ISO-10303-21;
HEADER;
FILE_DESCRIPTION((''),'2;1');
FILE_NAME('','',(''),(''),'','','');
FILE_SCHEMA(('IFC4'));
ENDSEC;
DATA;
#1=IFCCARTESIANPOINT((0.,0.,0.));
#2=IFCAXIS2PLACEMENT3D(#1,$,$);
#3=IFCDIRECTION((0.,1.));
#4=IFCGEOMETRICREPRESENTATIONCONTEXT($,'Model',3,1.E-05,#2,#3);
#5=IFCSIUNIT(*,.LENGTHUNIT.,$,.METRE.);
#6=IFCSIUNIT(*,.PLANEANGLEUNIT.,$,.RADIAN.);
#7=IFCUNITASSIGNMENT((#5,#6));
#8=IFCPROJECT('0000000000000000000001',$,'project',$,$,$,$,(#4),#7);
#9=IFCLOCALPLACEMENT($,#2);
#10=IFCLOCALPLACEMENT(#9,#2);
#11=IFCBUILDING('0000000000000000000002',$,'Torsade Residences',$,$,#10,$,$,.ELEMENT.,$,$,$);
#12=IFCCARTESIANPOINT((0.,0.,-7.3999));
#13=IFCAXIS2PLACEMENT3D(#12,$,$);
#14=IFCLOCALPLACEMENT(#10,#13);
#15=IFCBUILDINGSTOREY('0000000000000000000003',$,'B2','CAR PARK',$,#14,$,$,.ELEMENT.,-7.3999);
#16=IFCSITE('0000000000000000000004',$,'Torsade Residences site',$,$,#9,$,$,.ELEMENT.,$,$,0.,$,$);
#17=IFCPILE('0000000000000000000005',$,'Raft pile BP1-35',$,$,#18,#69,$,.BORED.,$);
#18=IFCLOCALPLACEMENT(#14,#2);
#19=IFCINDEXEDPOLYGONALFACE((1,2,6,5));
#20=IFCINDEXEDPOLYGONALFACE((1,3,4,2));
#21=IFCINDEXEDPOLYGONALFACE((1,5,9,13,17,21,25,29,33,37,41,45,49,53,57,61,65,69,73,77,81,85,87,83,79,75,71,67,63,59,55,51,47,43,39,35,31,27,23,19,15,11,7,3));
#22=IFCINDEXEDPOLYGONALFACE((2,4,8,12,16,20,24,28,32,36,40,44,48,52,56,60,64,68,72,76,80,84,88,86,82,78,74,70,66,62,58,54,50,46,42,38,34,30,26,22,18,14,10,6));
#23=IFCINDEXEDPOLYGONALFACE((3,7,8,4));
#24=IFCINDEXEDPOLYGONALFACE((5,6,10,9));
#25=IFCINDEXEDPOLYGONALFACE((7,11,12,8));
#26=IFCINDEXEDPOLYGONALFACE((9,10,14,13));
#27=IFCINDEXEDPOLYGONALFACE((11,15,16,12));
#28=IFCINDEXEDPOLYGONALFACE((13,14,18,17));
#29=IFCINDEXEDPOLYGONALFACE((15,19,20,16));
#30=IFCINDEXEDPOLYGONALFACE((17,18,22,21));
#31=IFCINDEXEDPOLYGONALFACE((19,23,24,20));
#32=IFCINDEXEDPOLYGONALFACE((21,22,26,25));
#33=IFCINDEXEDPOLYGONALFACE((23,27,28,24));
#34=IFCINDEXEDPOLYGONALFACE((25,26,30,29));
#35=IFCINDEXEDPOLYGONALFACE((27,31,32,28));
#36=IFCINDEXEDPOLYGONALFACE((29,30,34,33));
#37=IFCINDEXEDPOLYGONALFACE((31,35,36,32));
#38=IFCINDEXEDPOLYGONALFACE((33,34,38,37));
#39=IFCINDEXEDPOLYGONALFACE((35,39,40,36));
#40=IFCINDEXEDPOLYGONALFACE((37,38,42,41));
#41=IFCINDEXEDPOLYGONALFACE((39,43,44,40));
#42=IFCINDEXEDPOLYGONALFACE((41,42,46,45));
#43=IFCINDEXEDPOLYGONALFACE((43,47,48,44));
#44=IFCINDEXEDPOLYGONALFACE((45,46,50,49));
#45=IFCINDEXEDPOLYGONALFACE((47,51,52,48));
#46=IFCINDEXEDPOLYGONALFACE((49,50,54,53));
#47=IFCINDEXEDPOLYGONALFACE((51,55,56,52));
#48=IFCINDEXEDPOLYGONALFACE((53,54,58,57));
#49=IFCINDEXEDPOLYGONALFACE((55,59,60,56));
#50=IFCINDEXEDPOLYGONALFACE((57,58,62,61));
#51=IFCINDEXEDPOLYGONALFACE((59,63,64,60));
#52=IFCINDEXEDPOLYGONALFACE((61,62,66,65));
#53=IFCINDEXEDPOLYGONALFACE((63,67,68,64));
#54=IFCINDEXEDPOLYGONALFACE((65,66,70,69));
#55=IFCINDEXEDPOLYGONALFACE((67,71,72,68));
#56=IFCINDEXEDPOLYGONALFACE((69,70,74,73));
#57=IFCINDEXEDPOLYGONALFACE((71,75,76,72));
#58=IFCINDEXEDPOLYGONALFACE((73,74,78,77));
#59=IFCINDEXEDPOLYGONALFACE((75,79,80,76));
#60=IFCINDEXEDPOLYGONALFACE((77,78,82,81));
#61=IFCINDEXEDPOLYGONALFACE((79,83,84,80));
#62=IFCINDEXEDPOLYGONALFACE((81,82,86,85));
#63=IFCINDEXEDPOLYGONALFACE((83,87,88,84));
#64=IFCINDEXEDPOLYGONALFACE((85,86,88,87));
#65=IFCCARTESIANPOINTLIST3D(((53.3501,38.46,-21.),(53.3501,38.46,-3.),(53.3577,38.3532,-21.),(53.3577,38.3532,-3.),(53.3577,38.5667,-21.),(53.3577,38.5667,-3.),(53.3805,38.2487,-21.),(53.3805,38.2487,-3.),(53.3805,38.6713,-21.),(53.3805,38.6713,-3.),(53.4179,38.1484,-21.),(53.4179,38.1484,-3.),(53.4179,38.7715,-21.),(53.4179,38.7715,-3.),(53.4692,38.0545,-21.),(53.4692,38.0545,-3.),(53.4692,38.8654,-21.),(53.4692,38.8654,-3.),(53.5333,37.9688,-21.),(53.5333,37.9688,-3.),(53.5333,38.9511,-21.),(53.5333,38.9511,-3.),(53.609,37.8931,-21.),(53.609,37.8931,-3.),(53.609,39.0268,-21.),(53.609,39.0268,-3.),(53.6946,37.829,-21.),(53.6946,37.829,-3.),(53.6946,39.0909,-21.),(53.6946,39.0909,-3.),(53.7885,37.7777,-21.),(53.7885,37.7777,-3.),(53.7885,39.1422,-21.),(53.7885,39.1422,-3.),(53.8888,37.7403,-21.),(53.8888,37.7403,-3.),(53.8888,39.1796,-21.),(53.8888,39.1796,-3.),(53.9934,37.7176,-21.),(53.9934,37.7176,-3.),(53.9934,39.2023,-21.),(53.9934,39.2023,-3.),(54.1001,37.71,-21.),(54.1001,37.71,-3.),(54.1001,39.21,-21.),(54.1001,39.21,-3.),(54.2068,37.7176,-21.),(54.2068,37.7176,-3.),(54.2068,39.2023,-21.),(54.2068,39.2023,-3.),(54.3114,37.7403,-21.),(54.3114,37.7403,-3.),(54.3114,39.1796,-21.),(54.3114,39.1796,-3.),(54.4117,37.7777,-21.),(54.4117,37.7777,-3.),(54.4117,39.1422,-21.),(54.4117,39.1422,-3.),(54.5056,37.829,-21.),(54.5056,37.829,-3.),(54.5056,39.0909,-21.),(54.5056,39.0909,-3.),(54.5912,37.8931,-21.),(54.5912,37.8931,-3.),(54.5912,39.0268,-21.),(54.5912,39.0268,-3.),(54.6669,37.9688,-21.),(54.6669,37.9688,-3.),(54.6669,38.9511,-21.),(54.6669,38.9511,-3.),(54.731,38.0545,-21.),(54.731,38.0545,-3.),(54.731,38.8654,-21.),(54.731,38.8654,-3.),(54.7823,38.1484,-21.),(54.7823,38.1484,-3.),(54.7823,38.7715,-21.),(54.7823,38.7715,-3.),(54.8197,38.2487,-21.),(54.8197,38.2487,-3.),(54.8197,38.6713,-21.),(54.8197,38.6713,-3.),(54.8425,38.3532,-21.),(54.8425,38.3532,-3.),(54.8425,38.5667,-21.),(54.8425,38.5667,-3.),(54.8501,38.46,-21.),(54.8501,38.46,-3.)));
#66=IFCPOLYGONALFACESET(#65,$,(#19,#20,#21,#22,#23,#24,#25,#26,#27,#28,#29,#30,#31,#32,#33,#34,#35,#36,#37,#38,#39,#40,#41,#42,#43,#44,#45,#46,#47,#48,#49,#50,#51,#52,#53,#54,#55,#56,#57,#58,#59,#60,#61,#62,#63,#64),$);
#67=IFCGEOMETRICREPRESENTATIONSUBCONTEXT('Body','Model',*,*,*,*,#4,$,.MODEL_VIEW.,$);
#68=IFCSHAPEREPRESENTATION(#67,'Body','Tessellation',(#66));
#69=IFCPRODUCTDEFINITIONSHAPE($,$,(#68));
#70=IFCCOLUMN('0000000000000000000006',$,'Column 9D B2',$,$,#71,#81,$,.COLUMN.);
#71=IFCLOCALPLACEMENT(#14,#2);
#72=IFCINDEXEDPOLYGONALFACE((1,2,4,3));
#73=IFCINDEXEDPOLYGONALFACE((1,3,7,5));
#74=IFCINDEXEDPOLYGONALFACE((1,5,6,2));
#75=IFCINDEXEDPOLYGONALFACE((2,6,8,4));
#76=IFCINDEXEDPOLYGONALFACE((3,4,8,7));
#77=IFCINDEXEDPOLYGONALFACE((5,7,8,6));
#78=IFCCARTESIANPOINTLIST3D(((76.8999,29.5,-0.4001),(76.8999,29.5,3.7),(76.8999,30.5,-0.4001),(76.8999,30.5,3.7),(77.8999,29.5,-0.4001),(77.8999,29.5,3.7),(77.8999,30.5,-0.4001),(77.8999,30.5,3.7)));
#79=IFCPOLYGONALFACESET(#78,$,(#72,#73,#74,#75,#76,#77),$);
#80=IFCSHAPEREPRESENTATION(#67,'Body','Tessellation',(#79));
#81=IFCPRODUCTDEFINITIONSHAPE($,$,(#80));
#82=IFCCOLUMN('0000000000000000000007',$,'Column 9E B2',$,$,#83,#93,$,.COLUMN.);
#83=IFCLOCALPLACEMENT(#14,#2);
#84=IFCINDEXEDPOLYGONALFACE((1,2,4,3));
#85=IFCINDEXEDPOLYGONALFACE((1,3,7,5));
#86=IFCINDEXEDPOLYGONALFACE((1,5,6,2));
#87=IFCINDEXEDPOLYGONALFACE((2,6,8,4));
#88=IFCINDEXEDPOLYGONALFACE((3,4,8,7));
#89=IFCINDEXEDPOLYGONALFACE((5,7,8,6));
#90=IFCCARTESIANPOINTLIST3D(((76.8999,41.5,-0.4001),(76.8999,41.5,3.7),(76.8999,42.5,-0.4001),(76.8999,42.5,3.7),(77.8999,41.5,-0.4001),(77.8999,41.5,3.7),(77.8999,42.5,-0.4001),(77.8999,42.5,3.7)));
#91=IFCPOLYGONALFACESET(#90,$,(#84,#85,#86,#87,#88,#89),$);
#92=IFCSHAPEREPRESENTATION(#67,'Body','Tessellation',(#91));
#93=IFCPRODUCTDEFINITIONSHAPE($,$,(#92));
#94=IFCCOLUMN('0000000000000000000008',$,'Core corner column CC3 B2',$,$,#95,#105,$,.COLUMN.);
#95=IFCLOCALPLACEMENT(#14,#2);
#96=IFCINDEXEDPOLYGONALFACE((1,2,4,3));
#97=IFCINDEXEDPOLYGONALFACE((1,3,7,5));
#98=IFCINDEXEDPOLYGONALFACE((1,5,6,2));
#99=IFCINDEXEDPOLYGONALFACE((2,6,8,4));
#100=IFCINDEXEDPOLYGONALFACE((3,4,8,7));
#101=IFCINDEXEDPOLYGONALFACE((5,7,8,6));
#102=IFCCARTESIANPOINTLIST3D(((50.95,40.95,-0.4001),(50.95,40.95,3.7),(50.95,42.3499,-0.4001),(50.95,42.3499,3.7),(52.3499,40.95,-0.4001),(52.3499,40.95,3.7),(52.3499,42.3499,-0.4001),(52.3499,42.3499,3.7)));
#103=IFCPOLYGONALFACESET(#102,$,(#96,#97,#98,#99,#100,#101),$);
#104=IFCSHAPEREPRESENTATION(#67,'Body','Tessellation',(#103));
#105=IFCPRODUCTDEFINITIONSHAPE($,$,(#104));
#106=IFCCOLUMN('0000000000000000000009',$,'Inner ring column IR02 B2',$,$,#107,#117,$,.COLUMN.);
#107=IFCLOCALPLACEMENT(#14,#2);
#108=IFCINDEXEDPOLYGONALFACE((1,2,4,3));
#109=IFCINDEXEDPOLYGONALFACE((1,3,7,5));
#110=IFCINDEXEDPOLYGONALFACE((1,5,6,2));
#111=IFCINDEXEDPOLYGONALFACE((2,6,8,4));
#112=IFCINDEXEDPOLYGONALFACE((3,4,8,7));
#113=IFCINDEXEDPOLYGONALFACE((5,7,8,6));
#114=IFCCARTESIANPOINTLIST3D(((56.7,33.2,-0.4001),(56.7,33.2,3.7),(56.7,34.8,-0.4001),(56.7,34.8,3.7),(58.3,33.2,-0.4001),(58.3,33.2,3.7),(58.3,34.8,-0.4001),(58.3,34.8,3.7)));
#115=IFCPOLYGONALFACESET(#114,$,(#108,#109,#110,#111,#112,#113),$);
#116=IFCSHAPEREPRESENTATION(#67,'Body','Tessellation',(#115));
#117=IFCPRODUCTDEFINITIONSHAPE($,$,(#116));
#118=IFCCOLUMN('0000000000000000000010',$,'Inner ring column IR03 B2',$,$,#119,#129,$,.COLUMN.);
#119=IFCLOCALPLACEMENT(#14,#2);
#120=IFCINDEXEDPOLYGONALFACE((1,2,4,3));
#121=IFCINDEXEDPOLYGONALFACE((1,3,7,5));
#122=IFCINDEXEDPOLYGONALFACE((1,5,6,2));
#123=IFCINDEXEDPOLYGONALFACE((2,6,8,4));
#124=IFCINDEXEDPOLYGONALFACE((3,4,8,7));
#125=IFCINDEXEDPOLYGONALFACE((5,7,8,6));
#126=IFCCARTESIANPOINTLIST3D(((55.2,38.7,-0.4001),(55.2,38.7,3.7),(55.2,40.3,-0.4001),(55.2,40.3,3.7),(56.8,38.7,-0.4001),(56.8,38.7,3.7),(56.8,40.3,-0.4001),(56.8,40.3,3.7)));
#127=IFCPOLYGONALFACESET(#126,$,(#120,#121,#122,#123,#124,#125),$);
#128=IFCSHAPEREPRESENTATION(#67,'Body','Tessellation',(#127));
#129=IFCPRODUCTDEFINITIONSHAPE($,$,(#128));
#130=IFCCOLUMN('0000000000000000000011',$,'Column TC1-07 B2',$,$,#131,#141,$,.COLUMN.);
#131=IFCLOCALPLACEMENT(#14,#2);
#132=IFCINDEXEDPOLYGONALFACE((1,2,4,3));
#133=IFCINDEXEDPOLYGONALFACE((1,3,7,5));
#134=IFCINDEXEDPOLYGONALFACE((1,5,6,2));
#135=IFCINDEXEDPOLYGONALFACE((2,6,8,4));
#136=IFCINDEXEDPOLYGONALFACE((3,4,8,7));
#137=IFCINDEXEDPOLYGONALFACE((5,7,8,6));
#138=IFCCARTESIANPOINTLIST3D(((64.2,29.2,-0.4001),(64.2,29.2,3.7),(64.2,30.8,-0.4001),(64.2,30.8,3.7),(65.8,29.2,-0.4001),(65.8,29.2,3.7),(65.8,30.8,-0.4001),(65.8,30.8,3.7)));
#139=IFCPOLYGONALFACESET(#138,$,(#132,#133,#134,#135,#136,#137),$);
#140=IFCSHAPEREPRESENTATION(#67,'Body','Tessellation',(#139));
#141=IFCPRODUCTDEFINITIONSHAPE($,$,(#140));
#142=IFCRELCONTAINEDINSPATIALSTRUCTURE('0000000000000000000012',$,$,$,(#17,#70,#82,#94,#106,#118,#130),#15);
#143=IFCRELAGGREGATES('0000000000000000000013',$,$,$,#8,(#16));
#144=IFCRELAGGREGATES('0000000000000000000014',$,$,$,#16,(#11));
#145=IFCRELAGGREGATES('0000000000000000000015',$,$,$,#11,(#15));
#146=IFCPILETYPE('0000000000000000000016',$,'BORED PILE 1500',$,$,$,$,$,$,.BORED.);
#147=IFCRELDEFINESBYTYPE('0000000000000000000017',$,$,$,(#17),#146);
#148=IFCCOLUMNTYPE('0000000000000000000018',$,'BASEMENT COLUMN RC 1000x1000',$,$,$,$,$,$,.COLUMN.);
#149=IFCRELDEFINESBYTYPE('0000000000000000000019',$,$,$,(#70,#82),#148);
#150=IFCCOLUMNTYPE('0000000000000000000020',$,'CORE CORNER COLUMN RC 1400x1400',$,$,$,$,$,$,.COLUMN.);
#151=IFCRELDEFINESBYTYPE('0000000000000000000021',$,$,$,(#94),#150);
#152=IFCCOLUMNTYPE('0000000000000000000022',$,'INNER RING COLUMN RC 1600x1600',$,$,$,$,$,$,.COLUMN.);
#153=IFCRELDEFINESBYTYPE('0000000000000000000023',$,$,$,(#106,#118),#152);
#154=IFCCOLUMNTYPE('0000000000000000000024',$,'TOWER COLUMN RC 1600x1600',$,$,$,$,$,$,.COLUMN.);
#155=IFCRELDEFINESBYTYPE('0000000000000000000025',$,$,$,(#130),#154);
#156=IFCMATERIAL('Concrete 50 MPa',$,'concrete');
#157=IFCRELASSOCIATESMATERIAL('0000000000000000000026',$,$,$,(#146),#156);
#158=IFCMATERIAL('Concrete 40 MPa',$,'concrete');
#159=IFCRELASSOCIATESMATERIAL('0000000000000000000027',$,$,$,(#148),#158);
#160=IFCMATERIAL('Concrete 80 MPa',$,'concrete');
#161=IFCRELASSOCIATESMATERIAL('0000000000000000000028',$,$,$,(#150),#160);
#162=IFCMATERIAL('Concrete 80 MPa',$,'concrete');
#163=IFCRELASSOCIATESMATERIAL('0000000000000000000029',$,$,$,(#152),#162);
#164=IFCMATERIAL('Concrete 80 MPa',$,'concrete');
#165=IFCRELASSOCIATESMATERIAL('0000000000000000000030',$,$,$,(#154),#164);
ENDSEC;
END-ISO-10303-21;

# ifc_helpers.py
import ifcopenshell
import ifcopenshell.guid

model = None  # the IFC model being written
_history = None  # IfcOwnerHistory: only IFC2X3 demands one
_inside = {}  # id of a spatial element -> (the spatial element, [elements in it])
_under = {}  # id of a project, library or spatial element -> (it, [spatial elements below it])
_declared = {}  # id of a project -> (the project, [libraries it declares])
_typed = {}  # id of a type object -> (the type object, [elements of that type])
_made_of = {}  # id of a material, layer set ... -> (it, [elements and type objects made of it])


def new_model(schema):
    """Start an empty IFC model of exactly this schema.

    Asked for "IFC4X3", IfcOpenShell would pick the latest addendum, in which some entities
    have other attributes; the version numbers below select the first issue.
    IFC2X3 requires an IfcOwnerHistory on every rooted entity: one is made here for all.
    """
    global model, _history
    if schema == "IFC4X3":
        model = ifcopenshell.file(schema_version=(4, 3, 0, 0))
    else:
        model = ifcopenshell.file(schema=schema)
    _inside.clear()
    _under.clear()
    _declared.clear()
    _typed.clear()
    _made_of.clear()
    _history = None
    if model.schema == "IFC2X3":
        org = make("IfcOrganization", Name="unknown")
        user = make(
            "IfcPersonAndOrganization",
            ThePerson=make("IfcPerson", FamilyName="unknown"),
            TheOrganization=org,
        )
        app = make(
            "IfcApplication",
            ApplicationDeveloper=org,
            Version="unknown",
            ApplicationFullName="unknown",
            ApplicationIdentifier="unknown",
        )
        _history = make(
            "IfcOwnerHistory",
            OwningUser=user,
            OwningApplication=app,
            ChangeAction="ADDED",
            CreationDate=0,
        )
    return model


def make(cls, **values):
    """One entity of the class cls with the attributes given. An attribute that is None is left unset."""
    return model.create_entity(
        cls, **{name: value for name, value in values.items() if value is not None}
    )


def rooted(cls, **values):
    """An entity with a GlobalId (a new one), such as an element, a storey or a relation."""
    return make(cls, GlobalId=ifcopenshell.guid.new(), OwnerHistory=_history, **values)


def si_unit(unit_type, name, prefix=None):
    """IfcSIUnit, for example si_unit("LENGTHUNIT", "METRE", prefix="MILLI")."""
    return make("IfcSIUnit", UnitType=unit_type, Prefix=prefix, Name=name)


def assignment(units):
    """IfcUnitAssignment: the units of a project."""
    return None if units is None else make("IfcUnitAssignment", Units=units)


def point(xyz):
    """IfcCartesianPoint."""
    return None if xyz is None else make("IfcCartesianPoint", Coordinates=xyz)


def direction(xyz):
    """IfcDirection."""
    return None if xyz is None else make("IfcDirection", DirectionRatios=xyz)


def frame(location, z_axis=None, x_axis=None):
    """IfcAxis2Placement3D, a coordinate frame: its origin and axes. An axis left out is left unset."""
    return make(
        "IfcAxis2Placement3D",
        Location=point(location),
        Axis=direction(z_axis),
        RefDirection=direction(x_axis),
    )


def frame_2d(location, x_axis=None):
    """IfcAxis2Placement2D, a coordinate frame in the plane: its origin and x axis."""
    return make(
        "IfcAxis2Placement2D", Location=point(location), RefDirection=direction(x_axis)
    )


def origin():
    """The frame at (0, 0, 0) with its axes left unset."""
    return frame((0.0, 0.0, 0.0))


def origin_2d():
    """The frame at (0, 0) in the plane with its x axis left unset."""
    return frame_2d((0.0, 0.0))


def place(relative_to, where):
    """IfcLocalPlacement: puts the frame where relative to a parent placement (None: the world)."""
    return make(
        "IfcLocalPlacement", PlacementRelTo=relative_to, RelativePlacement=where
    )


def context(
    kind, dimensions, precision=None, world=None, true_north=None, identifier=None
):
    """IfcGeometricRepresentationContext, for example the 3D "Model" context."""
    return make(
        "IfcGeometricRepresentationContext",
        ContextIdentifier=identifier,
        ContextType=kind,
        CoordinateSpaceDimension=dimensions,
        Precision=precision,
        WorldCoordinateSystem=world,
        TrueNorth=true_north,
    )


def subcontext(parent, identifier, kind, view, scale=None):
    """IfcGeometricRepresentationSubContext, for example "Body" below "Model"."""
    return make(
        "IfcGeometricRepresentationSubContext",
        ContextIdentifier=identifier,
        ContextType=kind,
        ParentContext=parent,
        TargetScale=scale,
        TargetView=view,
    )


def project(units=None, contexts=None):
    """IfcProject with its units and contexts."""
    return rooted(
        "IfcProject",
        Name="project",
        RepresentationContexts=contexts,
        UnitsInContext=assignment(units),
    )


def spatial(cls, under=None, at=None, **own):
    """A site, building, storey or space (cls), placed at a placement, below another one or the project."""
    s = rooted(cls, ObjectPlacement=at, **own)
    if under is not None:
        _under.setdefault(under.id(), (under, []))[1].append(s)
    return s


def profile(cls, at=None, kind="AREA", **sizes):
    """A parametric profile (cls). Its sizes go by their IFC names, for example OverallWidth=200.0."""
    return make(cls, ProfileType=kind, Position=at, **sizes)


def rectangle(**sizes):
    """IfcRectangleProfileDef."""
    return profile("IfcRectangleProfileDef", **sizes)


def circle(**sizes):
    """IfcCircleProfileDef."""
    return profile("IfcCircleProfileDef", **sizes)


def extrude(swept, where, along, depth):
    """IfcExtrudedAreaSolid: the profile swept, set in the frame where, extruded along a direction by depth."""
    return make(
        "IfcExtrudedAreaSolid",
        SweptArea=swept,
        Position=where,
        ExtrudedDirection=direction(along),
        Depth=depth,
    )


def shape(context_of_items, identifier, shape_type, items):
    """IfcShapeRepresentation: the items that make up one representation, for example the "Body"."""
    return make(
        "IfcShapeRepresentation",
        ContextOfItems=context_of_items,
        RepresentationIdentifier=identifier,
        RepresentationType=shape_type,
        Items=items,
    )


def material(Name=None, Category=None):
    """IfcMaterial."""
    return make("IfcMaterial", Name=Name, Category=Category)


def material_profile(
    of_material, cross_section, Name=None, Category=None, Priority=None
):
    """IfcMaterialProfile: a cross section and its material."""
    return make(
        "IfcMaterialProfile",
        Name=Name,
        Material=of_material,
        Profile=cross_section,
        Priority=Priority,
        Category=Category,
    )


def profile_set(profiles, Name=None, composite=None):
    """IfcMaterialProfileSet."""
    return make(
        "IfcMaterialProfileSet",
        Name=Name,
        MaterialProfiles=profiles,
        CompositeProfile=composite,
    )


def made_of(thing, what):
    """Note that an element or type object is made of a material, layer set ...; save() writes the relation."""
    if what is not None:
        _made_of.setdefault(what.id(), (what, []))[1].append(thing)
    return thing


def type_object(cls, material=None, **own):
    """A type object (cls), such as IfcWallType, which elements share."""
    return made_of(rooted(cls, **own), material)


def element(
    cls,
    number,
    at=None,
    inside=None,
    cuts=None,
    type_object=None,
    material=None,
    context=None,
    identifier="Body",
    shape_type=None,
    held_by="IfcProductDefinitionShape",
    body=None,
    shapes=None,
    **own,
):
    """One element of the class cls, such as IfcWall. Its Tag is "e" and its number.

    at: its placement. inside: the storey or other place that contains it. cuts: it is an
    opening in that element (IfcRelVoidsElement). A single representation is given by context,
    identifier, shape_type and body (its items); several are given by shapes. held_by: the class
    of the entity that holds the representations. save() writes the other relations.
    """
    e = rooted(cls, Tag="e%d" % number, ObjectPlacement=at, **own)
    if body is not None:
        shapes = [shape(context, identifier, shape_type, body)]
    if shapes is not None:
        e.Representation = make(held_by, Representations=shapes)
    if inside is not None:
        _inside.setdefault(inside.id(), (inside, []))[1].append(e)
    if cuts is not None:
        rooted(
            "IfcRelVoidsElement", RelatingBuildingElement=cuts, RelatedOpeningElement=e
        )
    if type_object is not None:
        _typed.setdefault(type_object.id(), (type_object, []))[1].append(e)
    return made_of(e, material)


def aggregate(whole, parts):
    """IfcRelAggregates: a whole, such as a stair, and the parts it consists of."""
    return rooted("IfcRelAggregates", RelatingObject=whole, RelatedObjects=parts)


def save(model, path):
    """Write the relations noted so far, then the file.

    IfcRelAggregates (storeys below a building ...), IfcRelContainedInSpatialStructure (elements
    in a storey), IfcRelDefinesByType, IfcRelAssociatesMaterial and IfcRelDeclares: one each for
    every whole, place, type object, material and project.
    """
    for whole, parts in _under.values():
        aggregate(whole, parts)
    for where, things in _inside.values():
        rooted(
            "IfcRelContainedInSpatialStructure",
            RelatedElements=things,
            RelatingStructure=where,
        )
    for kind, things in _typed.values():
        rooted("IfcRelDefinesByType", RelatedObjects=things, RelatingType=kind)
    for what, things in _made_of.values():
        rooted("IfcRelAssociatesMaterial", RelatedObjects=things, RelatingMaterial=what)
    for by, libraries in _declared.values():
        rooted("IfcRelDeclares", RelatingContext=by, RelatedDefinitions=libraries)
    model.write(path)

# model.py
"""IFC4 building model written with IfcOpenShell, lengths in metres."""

from ifc_helpers import new_model, si_unit, direction, frame, origin, origin_2d, place, context, subcontext, project, spatial, rectangle, circle, extrude, material, material_profile, profile_set, type_object, element, save


model = new_model("IFC4")

# Units and contexts
model_context = context("Model", 3, precision=1e-05, world=origin(), true_north=direction((0.0, 1.0)))
body_context = subcontext(model_context, "Body", "Model", "MODEL_VIEW")
ifc_project = project(units=[si_unit("LENGTHUNIT", "METRE"), si_unit("PLANEANGLEUNIT", "RADIAN")], contexts=[model_context])

# Site, building, storey
site_placement = place(None, origin())
site = spatial("IfcSite", under=ifc_project, at=site_placement, Name="Torsade Residences site", CompositionType="ELEMENT", RefElevation=0.0)
building_placement = place(site_placement, origin())
building = spatial("IfcBuilding", under=site, at=building_placement, Name="Torsade Residences", CompositionType="ELEMENT")
storey_placement = place(building_placement, frame((0.0, 0.0, -7.3999)))
storey = spatial("IfcBuildingStorey", under=building, at=storey_placement, Name="B2", Description="CAR PARK", CompositionType="ELEMENT", Elevation=-7.3999)

# Pile
ifc_material_1 = material(Name="Concrete 50 MPa", Category="concrete")
pile_type_1 = type_object("IfcPileType", Name="BORED PILE 1500", PredefinedType="BORED", material=ifc_material_1)
for number, where, z_axis, x_axis, name in (
    (1, (54.1001, 38.46, -3.0), (0.0, 0.0, -1.0), (1.0, 0.0, 0.0), "Raft pile BP1-35"),
):
    element("IfcPile", number, at=place(storey_placement, frame(where, z_axis=z_axis, x_axis=x_axis)), inside=storey, type_object=pile_type_1, Name=name, PredefinedType="BORED", context=body_context, shape_type="SweptSolid", body=[
        extrude(circle(Radius=0.75, at=origin_2d()), origin(), (0.0, 0.0, 1.0), 18.0),
    ])

# Columns
ifc_material_2 = material(Name="Concrete 40 MPa", Category="concrete")
ifc_material_profile_1 = material_profile(ifc_material_2, rectangle(XDim=1.0, YDim=1.0, at=origin_2d()), Name="RC 1000x1000")
ifc_profile_set_1 = profile_set([ifc_material_profile_1], Name="Concrete 40 MPa")
column_type_1 = type_object("IfcColumnType", Name="BASEMENT COLUMN RC 1000x1000", PredefinedType="COLUMN", material=ifc_profile_set_1)
for number, where, z_axis, x_axis, name in (
    (2, (77.3999, 30.0, -0.4001), (0.0, 0.0, 1.0), (1.0, 0.0, 0.0), "Column 9D B2"),
    (3, (77.3999, 42.0, -0.4001), (0.0, 0.0, 1.0), (1.0, 0.0, 0.0), "Column 9E B2"),
):
    element("IfcColumn", number, at=place(storey_placement, frame(where, z_axis=z_axis, x_axis=x_axis)), inside=storey, type_object=column_type_1, Name=name, PredefinedType="COLUMN", context=body_context, shape_type="SweptSolid", body=[
        extrude(rectangle(XDim=1.0, YDim=1.0, at=origin_2d()), origin(), (0.0, 0.0, 1.0), 4.1001),
    ])
ifc_material_3 = material(Name="Concrete 80 MPa", Category="concrete")
ifc_material_profile_2 = material_profile(ifc_material_3, rectangle(XDim=1.3999, YDim=1.3999, at=origin_2d()), Name="RC 1400x1400")
ifc_profile_set_2 = profile_set([ifc_material_profile_2], Name="Concrete 80 MPa")
column_type_2 = type_object("IfcColumnType", Name="CORE CORNER COLUMN RC 1400x1400", PredefinedType="COLUMN", material=ifc_profile_set_2)
column_1_placement = place(storey_placement, frame((51.6499, 41.6499, -0.4001), z_axis=(0.0, 0.0, 1.0), x_axis=(1.0, 0.0, 0.0)))
element("IfcColumn", 4, at=column_1_placement, inside=storey, type_object=column_type_2, Name="Core corner column CC3 B2", PredefinedType="COLUMN", context=body_context, shape_type="SweptSolid", body=[
    extrude(rectangle(XDim=1.3999, YDim=1.3999, at=origin_2d()), origin(), (0.0, 0.0, 1.0), 4.1001),
])
ifc_material_4 = material(Name="Concrete 80 MPa", Category="concrete")
ifc_material_profile_3 = material_profile(ifc_material_4, rectangle(XDim=1.6001, YDim=1.6001, at=origin_2d()), Name="RC 1600x1600")
ifc_profile_set_3 = profile_set([ifc_material_profile_3], Name="Concrete 80 MPa")
column_type_3 = type_object("IfcColumnType", Name="INNER RING COLUMN RC 1600x1600", PredefinedType="COLUMN", material=ifc_profile_set_3)
for number, where, z_axis, x_axis, name in (
    (5, (57.5, 34.0, -0.4001), (0.0, 0.0, 1.0), (1.0, 0.0, 0.0), "Inner ring column IR02 B2"),
    (6, (56.0, 39.5, -0.4001), (0.0, 0.0, 1.0), (1.0, 0.0, 0.0), "Inner ring column IR03 B2"),
):
    element("IfcColumn", number, at=place(storey_placement, frame(where, z_axis=z_axis, x_axis=x_axis)), inside=storey, type_object=column_type_3, Name=name, PredefinedType="COLUMN", context=body_context, shape_type="SweptSolid", body=[
        extrude(rectangle(XDim=1.6001, YDim=1.6001, at=origin_2d()), origin(), (0.0, 0.0, 1.0), 4.1001),
    ])
ifc_material_5 = material(Name="Concrete 80 MPa", Category="concrete")
ifc_material_profile_4 = material_profile(ifc_material_5, rectangle(XDim=1.6001, YDim=1.6001, at=origin_2d()), Name="RC 1600x1600")
ifc_profile_set_4 = profile_set([ifc_material_profile_4], Name="Concrete 80 MPa")
column_type_4 = type_object("IfcColumnType", Name="TOWER COLUMN RC 1600x1600", PredefinedType="COLUMN", material=ifc_profile_set_4)
column_2_placement = place(storey_placement, frame((65.0, 30.0, -0.4001), z_axis=(0.0, 0.0, 1.0), x_axis=(1.0, 0.0, 0.0)))
element("IfcColumn", 7, at=column_2_placement, inside=storey, type_object=column_type_4, Name="Column TC1-07 B2", PredefinedType="COLUMN", context=body_context, shape_type="SweptSolid", body=[
    extrude(rectangle(XDim=1.6001, YDim=1.6001, at=origin_2d()), origin(), (0.0, 0.0, 1.0), 4.1001),
])

save(model, "model.ifc")
